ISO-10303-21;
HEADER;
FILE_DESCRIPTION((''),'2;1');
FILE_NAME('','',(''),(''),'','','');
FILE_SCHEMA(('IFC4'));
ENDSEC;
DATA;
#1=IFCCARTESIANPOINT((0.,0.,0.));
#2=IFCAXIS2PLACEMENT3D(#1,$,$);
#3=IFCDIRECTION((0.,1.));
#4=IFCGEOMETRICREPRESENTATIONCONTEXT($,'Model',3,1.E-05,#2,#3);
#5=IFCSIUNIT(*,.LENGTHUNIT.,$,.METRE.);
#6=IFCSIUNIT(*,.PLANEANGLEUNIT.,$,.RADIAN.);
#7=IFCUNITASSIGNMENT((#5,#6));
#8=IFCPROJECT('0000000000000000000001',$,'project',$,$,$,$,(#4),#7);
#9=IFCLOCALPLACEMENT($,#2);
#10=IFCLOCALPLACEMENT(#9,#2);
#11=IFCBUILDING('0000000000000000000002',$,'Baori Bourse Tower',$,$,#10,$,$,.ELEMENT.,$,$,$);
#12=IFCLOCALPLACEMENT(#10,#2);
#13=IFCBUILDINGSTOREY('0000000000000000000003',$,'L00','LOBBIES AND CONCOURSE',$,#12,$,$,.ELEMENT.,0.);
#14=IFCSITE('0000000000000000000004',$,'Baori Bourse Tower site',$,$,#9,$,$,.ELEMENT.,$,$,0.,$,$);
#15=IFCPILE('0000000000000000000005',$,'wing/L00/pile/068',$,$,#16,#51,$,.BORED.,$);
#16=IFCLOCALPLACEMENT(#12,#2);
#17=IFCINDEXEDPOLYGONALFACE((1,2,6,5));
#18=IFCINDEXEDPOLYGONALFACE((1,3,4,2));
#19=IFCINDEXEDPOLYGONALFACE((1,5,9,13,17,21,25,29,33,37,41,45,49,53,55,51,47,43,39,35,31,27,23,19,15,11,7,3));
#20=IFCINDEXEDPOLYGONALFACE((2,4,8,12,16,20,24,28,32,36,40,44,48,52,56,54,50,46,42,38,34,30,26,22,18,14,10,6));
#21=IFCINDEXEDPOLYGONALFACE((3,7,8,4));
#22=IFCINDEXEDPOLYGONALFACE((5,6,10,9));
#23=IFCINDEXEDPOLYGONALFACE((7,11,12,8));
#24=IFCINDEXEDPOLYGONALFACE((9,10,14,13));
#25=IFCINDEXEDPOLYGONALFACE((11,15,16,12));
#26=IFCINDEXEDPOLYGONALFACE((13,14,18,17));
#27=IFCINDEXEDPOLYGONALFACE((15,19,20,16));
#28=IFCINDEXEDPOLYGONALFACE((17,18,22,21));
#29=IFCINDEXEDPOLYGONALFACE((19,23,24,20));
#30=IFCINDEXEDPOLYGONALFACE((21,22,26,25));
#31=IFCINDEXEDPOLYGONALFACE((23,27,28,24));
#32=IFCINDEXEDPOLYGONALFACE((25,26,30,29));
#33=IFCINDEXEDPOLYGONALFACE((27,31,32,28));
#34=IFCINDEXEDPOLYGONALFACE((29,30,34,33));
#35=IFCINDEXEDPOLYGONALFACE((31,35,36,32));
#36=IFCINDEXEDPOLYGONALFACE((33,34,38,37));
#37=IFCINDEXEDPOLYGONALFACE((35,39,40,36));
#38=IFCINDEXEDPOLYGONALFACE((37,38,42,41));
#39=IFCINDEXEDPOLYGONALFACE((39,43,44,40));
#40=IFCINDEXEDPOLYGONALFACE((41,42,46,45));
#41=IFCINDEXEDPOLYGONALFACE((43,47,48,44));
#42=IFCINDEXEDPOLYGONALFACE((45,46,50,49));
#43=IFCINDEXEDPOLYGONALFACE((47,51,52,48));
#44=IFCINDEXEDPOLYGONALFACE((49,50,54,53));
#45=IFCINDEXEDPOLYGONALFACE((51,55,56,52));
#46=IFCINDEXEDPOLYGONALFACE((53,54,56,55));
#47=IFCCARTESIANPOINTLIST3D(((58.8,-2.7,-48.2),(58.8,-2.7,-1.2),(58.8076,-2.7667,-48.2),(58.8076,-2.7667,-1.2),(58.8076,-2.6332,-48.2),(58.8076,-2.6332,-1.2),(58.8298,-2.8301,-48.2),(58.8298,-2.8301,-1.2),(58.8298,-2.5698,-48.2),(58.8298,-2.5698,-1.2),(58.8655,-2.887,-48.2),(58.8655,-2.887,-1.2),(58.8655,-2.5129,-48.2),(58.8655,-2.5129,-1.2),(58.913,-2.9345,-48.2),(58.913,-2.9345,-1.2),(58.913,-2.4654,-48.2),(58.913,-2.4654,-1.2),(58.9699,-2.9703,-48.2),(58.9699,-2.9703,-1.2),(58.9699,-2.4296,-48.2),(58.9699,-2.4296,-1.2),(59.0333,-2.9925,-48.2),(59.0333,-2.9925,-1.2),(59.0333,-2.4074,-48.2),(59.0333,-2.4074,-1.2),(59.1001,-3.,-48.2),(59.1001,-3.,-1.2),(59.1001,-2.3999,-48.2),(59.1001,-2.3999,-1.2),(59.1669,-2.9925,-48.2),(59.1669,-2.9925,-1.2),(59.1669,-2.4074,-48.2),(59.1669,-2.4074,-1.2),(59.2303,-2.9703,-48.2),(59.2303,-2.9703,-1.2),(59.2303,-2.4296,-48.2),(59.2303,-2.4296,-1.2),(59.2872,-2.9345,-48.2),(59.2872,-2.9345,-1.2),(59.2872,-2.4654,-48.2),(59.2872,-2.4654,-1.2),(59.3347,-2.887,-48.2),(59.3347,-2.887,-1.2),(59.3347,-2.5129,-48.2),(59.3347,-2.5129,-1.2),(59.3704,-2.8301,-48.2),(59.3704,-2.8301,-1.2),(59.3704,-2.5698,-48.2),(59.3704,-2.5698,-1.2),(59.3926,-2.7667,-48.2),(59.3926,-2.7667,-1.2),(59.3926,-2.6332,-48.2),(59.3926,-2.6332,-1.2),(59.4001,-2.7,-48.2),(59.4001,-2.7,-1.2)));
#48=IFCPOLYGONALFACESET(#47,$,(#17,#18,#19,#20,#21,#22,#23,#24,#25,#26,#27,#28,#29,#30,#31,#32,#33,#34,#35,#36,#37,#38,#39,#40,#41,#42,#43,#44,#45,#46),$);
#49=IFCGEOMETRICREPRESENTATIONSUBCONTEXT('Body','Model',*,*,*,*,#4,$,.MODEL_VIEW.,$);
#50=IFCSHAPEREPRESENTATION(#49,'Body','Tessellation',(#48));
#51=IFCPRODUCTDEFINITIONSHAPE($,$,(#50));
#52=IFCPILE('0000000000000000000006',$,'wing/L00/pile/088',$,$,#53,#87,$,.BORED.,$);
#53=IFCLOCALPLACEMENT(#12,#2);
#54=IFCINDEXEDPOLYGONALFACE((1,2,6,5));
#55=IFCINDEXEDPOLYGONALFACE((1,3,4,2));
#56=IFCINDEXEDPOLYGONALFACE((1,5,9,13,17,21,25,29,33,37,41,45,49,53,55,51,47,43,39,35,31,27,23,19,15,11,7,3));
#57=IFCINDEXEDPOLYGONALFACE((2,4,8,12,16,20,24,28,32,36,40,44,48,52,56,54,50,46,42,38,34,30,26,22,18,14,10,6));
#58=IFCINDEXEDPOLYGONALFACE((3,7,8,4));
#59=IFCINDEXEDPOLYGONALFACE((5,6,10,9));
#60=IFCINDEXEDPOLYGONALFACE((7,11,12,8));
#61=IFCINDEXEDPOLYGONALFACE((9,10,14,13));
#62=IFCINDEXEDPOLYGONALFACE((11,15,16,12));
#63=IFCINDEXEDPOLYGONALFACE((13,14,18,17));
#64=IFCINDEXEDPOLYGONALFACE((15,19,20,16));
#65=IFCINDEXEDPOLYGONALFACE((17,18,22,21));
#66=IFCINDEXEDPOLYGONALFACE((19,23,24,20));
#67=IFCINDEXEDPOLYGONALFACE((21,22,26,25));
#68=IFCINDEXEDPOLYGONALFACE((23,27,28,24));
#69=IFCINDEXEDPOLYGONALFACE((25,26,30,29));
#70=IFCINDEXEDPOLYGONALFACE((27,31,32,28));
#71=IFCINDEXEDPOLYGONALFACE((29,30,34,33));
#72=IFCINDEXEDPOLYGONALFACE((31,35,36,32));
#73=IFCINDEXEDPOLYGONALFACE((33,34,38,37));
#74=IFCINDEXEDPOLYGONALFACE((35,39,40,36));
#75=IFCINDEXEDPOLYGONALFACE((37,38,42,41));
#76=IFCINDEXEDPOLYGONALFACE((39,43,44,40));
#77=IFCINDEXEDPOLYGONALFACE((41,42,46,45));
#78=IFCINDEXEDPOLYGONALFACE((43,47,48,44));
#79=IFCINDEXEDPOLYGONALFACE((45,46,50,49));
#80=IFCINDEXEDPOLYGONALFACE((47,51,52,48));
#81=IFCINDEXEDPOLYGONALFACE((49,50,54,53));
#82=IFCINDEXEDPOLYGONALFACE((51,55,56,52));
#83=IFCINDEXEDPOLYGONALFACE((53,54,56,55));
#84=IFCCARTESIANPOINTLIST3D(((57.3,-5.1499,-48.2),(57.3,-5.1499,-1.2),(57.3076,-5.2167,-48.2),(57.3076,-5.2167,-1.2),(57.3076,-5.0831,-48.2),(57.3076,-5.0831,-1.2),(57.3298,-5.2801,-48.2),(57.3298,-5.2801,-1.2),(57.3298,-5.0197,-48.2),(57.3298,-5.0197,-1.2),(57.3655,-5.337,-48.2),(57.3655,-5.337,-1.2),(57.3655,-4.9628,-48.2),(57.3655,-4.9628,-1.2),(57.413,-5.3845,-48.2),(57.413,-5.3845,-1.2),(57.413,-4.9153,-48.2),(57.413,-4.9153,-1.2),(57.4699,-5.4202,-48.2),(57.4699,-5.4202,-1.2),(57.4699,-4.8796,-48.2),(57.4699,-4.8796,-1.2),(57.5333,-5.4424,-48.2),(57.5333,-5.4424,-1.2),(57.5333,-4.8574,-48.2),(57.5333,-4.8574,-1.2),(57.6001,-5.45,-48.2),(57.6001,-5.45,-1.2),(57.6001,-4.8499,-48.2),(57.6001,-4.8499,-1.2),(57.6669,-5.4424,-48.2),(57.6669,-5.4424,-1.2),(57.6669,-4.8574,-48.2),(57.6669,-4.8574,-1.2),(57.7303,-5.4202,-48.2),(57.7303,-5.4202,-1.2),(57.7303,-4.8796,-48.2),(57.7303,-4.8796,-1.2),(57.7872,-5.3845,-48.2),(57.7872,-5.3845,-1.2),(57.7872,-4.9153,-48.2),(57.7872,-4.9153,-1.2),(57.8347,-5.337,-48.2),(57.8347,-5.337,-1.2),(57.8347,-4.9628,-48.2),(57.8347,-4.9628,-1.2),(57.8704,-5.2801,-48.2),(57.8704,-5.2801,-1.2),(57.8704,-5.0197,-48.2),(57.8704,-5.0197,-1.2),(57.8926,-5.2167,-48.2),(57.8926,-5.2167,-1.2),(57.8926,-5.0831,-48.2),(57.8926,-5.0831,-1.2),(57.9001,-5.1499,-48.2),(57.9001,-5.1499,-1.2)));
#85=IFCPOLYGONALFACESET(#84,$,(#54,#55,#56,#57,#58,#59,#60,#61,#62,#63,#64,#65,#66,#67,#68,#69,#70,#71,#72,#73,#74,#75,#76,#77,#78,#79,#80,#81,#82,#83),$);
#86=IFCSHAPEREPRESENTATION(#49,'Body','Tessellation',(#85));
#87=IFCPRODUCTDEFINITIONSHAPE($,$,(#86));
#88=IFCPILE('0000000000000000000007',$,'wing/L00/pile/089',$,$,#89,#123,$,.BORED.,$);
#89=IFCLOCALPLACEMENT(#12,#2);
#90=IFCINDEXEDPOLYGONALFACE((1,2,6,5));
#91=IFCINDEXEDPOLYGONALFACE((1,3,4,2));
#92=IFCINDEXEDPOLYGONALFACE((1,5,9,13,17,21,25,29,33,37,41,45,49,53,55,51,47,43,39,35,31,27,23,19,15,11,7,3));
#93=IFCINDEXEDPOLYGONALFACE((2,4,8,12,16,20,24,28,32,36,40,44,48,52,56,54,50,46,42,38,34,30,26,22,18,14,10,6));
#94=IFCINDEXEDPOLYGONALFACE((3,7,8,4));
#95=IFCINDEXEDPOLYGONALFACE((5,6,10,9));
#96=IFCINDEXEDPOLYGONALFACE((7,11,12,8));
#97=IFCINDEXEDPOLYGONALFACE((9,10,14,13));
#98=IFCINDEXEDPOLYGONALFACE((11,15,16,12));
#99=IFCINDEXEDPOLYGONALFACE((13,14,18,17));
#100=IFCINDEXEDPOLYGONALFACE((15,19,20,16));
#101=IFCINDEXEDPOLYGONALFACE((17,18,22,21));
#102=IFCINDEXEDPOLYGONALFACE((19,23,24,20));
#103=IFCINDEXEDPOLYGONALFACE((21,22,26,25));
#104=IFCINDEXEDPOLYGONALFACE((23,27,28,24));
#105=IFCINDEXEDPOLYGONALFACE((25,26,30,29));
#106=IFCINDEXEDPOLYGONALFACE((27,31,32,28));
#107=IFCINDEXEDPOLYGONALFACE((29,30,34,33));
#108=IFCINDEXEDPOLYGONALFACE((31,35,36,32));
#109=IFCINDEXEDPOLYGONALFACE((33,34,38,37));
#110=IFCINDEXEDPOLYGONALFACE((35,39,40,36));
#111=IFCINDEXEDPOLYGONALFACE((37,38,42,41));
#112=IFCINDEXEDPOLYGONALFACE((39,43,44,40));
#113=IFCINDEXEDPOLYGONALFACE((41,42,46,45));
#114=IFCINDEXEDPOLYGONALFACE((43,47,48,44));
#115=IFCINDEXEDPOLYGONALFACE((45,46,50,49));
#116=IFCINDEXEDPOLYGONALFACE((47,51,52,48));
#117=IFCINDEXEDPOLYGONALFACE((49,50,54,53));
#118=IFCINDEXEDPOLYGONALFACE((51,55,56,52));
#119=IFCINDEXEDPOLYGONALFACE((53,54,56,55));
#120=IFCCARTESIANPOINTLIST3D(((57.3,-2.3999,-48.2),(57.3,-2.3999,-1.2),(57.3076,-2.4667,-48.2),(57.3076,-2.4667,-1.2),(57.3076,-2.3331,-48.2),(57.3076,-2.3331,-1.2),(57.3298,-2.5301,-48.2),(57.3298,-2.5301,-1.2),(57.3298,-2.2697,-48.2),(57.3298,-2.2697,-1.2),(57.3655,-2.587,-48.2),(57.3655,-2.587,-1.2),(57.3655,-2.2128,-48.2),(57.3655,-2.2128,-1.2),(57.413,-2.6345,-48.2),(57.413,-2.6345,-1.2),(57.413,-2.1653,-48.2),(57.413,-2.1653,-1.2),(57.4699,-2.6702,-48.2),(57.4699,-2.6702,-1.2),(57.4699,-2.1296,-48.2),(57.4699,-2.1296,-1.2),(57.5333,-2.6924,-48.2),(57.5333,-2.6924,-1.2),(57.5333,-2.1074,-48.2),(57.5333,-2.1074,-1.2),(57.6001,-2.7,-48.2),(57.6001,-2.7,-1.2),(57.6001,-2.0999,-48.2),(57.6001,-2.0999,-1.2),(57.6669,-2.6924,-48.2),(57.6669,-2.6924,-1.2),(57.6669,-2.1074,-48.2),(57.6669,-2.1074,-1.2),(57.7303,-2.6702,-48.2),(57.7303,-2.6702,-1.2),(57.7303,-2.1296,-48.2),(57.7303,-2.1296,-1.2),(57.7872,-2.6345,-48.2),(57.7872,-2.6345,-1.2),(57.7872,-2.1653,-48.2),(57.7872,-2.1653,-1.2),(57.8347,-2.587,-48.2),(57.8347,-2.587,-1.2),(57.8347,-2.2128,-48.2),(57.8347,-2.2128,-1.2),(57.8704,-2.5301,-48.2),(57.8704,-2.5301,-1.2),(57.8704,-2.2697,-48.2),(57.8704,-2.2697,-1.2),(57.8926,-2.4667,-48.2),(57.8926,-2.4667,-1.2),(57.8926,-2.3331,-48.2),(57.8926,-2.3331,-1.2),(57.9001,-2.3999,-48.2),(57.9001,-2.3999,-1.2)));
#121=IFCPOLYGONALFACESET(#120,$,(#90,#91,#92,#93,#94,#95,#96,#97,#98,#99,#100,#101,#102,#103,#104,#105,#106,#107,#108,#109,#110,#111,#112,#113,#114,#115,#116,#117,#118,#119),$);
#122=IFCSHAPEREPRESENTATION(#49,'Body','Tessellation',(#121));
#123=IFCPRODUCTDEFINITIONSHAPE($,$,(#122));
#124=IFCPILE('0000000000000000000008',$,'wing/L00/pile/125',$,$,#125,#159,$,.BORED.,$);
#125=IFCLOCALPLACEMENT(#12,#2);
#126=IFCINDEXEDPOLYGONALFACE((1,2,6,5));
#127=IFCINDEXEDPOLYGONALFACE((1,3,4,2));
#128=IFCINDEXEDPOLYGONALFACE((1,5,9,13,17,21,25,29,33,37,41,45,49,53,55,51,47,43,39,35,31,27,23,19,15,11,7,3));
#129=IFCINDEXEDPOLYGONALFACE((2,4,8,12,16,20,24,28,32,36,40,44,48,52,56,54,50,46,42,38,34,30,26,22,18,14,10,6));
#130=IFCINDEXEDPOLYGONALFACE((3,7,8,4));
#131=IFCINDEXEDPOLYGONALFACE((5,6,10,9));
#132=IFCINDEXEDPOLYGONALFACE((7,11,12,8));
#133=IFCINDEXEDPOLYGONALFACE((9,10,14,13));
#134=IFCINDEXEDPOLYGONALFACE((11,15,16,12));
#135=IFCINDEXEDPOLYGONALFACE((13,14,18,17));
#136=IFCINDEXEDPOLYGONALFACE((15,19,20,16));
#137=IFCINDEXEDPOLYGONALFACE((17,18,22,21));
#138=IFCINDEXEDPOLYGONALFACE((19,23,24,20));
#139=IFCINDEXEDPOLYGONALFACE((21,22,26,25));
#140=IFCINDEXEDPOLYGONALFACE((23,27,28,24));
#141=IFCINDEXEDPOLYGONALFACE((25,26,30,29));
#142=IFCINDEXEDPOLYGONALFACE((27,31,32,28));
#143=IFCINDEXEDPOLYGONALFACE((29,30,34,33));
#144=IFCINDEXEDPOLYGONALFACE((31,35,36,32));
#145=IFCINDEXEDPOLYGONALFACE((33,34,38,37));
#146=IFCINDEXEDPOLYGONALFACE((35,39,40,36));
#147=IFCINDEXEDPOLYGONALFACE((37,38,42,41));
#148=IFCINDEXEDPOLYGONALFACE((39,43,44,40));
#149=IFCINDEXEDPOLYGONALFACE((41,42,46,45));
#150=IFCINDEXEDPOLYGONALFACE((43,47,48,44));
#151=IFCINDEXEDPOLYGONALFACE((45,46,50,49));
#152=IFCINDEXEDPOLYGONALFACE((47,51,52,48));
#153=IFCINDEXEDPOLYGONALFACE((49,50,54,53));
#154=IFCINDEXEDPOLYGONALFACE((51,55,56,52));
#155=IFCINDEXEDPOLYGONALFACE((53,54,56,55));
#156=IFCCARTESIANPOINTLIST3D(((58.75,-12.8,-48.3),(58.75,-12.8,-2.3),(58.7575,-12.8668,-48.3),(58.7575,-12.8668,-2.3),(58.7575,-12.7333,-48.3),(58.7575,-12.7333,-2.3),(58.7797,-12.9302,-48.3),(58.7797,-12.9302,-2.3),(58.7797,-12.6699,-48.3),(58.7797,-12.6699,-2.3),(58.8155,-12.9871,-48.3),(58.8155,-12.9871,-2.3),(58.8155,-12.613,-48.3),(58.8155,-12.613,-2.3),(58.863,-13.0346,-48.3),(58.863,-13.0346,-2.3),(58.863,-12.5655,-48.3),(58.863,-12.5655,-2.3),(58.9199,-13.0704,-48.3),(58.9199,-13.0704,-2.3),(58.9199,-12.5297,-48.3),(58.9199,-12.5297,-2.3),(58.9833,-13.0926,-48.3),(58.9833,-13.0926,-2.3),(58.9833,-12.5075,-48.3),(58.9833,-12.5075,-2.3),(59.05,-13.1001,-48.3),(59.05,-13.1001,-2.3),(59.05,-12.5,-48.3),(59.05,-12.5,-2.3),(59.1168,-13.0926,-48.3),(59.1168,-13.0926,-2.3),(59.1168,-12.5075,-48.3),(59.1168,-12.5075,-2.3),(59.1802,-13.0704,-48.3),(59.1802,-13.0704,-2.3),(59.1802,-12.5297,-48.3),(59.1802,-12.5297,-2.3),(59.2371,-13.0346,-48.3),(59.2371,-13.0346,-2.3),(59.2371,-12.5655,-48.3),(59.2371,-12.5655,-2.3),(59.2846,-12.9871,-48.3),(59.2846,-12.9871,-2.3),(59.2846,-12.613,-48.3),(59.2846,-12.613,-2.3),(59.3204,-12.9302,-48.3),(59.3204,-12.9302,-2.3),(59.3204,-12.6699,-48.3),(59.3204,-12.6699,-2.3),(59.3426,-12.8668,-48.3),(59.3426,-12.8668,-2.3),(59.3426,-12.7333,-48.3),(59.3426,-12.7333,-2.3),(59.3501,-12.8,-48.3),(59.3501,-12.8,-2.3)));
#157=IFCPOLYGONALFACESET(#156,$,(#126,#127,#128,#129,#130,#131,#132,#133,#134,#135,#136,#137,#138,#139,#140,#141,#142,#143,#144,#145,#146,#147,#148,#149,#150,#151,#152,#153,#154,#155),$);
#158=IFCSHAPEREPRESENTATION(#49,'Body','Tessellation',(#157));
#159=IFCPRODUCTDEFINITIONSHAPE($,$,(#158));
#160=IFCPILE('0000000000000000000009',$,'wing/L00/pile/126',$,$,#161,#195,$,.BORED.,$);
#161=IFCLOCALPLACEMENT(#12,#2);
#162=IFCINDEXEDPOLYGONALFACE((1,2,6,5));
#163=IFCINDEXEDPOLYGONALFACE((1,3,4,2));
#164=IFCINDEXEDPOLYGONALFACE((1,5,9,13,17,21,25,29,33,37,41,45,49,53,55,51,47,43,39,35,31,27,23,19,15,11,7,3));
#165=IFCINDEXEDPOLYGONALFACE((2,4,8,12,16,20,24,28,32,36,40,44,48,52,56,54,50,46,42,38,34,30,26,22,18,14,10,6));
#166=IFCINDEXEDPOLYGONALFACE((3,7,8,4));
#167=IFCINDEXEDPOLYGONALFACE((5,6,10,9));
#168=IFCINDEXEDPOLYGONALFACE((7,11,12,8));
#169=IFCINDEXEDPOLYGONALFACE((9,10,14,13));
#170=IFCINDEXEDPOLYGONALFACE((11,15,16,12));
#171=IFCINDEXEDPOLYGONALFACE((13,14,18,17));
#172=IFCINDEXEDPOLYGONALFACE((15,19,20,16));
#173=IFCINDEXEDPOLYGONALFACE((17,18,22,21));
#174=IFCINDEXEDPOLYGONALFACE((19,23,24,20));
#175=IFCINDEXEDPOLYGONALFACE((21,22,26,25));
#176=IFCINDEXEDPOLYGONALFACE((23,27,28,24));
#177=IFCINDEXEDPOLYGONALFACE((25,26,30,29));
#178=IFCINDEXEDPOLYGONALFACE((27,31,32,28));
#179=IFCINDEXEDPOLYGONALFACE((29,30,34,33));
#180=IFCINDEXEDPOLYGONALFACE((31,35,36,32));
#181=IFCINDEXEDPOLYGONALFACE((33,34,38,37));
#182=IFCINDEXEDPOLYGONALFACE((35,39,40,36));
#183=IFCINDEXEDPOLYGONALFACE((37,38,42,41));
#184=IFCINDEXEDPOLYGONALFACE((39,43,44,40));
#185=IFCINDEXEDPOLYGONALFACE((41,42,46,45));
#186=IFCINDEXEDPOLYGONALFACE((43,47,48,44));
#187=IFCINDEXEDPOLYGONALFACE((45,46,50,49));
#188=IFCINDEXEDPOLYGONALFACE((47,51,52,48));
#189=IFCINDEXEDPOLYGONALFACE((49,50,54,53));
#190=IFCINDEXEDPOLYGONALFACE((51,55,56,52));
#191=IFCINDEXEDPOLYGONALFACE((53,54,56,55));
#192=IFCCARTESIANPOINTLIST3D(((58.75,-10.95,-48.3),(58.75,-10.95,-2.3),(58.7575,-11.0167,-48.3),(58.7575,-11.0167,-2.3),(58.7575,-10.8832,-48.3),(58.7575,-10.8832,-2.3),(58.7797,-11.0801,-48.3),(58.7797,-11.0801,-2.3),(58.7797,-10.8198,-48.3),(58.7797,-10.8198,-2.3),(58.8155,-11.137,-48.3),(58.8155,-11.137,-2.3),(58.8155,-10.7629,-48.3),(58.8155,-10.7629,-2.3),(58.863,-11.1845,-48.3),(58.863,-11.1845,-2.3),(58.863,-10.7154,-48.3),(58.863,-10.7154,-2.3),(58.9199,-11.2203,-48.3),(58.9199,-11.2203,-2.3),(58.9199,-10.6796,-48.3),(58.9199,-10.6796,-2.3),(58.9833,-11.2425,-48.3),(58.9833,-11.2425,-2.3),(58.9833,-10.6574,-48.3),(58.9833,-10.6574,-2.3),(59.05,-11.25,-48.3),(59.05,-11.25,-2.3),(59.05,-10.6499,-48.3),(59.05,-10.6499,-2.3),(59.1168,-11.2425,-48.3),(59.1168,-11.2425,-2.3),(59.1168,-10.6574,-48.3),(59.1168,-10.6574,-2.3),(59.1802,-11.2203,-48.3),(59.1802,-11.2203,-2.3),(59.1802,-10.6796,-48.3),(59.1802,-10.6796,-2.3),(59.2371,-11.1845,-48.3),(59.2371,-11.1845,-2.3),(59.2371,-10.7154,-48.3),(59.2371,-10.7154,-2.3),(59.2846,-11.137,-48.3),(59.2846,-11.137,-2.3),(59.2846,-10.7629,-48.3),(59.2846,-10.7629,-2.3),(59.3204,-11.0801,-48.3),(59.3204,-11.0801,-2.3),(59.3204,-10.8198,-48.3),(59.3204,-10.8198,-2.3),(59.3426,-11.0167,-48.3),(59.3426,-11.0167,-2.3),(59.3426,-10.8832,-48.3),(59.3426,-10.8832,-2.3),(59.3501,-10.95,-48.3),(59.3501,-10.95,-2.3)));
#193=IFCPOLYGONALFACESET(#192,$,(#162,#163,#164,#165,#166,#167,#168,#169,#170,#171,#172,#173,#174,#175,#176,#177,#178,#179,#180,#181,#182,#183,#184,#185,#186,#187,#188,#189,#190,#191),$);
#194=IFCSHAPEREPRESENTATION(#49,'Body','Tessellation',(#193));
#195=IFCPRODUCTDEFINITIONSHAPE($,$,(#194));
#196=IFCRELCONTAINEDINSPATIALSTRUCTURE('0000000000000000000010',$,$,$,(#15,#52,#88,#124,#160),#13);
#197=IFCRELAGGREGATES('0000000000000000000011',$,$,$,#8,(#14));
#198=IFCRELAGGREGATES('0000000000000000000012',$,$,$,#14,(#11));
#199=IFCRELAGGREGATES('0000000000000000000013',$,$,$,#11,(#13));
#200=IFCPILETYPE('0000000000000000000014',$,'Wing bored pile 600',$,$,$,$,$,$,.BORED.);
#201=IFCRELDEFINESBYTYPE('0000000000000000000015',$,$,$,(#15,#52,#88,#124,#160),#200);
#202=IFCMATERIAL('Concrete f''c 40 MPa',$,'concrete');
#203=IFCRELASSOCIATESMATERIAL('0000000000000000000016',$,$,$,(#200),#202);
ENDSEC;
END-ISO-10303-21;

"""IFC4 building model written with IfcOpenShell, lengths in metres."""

from ifc_helpers import new_model, si_unit, direction, frame, origin, origin_2d, place, context, subcontext, project, spatial, circle, extrude, material, material_profile, profile_set, type_object, element, save


model = new_model("IFC4")

# Units and contexts
model_context = context("Model", 3, precision=1e-05, world=origin(), true_north=direction((0.0, 1.0)))
body_context = subcontext(model_context, "Body", "Model", "MODEL_VIEW")
ifc_project = project(units=[si_unit("LENGTHUNIT", "METRE"), si_unit("PLANEANGLEUNIT", "RADIAN")], contexts=[model_context])

# Site, building, storey
site_placement = place(None, origin())
site = spatial("IfcSite", under=ifc_project, at=site_placement, Name="Baori Bourse Tower site", CompositionType="ELEMENT", RefElevation=0.0)
building_placement = place(site_placement, origin())
building = spatial("IfcBuilding", under=site, at=building_placement, Name="Baori Bourse Tower", CompositionType="ELEMENT")
storey_placement = place(building_placement, origin())
storey = spatial("IfcBuildingStorey", under=building, at=storey_placement, Name="L00", Description="LOBBIES AND CONCOURSE", CompositionType="ELEMENT", Elevation=0.0)

# Piles
ifc_material_1 = material(Name="Concrete f'c 40 MPa", Category="concrete")
ifc_material_profile = material_profile(ifc_material_1, circle(Radius=0.3, at=origin_2d()), Name="Wing bored pile 600")
ifc_profile_set = profile_set([ifc_material_profile], Name="Concrete f'c 40 MPa")
pile_type = type_object("IfcPileType", Name="Wing bored pile 600", PredefinedType="BORED", material=ifc_profile_set)
for number, where, z_axis, x_axis, name in (
    (1, (59.1001, -2.7, -1.2), (0.0, 0.0, -1.0), (1.0, 0.0, 0.0), "wing/L00/pile/068"),
    (2, (57.6001, -5.1499, -1.2), (0.0, 0.0, -1.0), (1.0, 0.0, 0.0), "wing/L00/pile/088"),
    (3, (57.6001, -2.3999, -1.2), (0.0, 0.0, -1.0), (1.0, 0.0, 0.0), "wing/L00/pile/089"),
):
    element("IfcPile", number, at=place(storey_placement, frame(where, z_axis=z_axis, x_axis=x_axis)), inside=storey, type_object=pile_type, Name=name, PredefinedType="BORED", context=body_context, shape_type="SweptSolid", body=[
        extrude(circle(Radius=0.3, at=origin_2d()), origin(), (0.0, 0.0, 1.0), 47.0),
    ])
for number, where, z_axis, x_axis, name in (
    (4, (59.05, -12.8, -2.3), (0.0, 0.0, -1.0), (1.0, 0.0, 0.0), "wing/L00/pile/125"),
    (5, (59.05, -10.95, -2.3), (0.0, 0.0, -1.0), (1.0, 0.0, 0.0), "wing/L00/pile/126"),
):
    element("IfcPile", number, at=place(storey_placement, frame(where, z_axis=z_axis, x_axis=x_axis)), inside=storey, type_object=pile_type, Name=name, PredefinedType="BORED", context=body_context, shape_type="SweptSolid", body=[
        extrude(circle(Radius=0.3, at=origin_2d()), origin(), (0.0, 0.0, 1.0), 46.0),
    ])

save(model, "model.ifc")
